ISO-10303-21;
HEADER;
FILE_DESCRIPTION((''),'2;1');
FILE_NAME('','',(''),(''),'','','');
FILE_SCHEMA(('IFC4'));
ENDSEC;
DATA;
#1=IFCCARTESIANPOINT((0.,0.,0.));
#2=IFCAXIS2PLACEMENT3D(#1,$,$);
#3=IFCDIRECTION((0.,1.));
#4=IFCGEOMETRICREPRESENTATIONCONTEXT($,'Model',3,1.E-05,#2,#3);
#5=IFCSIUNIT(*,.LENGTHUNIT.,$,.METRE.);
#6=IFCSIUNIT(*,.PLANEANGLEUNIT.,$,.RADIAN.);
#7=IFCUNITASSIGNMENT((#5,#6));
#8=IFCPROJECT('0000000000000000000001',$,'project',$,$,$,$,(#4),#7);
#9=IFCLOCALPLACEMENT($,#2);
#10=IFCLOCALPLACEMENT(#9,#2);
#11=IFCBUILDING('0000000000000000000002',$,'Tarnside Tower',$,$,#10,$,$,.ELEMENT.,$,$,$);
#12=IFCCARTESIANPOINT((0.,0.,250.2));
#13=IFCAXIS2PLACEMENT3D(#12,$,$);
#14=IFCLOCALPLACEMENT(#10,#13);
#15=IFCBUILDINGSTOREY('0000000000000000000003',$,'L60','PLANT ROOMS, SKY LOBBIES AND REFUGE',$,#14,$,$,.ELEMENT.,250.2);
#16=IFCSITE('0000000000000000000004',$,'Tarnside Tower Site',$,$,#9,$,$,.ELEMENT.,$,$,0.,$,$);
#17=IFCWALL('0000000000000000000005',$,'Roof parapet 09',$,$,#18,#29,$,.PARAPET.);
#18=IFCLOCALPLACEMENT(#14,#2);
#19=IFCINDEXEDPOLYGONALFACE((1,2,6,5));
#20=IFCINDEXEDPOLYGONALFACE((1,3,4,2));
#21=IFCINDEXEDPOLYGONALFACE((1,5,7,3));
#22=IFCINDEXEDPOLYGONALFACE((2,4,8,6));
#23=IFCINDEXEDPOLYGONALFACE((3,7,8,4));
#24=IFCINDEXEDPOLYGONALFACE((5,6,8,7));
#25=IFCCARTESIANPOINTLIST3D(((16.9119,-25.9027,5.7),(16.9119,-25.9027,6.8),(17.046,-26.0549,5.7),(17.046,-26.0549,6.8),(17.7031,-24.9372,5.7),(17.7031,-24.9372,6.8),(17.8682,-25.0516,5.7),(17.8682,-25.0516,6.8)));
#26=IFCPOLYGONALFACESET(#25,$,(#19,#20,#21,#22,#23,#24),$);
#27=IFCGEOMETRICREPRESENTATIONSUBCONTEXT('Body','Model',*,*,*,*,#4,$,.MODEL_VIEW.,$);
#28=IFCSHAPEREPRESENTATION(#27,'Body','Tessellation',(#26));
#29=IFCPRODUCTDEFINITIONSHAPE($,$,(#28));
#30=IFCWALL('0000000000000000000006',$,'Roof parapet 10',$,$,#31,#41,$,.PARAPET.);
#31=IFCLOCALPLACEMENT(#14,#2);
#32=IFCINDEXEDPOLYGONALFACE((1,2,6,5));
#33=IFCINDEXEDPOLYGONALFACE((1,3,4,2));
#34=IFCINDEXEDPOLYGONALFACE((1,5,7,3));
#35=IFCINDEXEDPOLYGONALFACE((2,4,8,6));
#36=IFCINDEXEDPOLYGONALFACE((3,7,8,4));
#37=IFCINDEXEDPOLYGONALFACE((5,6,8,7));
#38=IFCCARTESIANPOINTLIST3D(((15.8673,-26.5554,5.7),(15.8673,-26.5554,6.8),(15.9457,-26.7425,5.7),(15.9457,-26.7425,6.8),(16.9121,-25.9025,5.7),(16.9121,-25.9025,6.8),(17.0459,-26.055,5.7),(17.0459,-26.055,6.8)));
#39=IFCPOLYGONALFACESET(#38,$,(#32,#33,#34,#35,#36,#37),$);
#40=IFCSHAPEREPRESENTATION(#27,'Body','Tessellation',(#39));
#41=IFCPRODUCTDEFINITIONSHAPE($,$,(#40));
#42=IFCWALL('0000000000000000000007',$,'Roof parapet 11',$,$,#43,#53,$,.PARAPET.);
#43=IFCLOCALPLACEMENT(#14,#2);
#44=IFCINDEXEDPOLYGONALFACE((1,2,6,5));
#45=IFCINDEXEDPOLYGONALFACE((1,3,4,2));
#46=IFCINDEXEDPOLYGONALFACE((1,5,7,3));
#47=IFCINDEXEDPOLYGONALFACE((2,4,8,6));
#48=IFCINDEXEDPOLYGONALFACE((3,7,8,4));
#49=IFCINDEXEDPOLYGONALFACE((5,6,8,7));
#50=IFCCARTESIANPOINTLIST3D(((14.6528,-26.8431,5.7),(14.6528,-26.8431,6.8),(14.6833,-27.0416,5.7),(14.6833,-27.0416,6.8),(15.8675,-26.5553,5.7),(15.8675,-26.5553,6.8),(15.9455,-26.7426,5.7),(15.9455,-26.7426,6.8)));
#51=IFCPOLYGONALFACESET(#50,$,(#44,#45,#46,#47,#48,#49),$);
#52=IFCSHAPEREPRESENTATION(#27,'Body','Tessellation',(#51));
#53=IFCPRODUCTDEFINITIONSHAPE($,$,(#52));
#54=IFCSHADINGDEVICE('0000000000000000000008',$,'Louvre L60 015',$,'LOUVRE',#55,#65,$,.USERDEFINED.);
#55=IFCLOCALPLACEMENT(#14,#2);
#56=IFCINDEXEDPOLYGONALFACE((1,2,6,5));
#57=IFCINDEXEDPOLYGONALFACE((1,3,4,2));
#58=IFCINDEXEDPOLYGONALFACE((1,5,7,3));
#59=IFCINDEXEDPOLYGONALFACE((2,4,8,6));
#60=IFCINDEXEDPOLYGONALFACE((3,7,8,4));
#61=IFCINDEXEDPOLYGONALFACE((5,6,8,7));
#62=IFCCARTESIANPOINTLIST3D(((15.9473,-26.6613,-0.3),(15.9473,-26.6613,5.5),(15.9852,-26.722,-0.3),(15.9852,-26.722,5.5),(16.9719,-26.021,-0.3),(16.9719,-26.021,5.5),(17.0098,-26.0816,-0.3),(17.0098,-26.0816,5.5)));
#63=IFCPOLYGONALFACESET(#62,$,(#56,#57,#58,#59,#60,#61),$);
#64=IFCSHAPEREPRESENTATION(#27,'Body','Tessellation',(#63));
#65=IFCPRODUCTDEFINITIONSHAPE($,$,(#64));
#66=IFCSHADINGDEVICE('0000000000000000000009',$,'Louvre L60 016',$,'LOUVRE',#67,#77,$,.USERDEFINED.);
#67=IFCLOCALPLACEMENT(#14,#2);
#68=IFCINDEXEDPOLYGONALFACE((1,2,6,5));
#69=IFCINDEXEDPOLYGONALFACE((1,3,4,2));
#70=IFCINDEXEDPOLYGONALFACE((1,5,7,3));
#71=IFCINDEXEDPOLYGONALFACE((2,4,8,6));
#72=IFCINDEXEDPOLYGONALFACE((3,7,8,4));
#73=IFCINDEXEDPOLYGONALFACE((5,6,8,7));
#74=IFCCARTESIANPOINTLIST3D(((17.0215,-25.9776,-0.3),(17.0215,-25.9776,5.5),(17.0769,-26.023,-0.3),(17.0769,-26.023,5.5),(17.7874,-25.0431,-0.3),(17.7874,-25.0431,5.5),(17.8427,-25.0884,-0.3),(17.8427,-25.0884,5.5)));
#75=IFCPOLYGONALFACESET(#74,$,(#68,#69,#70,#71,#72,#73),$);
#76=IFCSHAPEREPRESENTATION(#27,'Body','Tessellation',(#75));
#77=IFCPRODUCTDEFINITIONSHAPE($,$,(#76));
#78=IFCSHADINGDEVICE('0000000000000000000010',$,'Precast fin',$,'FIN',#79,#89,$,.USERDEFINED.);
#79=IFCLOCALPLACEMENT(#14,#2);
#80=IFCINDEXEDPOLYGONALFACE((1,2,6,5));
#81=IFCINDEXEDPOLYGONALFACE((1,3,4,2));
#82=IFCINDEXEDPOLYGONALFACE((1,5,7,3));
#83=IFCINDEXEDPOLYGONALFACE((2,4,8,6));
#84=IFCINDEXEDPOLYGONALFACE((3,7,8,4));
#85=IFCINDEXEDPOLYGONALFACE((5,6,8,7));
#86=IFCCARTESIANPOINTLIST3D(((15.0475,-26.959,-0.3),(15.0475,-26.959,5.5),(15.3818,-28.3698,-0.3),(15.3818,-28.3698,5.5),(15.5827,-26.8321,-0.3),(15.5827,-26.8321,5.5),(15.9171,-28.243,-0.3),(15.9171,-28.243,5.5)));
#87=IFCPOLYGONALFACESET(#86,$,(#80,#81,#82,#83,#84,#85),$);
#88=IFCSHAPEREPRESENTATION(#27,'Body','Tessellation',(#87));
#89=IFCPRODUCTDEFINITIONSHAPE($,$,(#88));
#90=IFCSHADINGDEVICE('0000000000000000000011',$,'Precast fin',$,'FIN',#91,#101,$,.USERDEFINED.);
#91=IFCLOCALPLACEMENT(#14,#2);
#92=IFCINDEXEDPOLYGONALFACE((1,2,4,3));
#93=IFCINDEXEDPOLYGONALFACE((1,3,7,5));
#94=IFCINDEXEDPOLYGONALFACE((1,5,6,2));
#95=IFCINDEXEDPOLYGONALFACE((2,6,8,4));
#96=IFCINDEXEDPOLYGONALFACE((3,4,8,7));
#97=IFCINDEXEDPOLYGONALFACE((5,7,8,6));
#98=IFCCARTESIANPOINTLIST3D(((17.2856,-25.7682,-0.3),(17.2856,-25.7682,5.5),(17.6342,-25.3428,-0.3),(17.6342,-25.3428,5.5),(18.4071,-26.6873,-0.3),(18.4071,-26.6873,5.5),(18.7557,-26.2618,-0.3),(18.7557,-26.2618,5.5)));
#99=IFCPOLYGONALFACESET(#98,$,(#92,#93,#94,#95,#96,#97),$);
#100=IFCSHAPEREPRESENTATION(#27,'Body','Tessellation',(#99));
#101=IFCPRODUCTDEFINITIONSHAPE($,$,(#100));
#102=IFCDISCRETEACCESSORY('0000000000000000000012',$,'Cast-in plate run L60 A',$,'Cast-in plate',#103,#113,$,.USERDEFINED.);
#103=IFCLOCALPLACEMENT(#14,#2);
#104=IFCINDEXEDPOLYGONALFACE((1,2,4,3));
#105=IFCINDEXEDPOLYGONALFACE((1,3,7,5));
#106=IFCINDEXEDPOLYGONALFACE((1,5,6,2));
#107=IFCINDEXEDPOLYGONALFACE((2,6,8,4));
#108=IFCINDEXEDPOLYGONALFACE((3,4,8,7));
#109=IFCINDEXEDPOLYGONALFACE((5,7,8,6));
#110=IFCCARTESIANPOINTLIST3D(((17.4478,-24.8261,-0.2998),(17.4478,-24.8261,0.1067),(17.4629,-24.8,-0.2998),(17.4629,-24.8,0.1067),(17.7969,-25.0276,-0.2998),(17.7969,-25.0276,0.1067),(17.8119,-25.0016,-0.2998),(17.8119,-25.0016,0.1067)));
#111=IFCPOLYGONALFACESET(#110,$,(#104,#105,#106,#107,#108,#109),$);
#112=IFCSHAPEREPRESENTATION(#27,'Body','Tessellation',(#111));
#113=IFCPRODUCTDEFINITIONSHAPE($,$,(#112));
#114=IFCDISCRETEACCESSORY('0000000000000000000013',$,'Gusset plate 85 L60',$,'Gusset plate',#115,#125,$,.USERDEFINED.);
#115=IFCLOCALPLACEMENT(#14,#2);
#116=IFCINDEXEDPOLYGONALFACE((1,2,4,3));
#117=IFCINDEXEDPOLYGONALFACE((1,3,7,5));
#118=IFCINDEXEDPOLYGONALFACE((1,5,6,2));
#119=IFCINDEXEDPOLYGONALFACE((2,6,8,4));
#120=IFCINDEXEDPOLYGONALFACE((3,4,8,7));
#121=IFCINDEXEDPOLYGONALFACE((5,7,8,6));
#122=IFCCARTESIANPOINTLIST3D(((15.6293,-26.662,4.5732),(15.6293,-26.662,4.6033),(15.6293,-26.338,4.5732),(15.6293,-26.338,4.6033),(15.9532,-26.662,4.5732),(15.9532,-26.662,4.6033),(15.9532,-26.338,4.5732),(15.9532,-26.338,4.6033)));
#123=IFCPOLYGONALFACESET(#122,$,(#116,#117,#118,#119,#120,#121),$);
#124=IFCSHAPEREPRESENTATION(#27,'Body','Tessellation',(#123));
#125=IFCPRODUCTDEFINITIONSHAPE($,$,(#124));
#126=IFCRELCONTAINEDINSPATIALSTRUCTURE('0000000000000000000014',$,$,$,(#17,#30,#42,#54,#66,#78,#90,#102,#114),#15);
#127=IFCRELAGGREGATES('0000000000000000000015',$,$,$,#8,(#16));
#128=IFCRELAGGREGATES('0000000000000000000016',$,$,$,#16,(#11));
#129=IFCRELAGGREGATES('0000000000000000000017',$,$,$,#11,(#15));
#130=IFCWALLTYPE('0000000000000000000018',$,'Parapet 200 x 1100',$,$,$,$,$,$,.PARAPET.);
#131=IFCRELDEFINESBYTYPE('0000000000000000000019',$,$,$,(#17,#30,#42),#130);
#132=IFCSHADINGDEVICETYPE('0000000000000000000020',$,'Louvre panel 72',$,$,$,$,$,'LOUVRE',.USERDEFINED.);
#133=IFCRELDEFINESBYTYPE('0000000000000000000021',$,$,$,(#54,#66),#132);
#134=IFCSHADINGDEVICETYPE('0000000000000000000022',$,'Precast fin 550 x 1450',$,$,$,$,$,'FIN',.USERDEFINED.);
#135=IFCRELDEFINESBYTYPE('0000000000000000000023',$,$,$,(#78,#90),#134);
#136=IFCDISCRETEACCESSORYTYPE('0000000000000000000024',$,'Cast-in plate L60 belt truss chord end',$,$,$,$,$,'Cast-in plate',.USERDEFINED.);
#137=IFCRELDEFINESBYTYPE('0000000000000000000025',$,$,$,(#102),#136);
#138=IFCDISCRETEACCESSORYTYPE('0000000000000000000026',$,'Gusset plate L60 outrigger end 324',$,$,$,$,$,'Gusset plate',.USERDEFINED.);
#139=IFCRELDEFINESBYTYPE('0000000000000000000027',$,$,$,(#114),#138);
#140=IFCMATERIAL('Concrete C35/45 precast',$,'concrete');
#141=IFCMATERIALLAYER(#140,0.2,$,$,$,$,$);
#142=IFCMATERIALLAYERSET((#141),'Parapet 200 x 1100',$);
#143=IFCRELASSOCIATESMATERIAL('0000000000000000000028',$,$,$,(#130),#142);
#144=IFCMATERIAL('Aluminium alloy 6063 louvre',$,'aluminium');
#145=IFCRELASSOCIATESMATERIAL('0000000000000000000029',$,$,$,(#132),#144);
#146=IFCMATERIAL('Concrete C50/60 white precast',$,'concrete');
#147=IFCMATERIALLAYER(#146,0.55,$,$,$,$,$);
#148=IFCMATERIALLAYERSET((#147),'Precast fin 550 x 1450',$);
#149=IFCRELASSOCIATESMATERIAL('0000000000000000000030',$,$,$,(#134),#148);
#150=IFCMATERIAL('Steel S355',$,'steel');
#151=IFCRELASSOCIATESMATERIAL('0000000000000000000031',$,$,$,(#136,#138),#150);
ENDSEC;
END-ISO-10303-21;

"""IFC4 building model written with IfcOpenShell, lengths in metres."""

from ifc_helpers import new_model, si_unit, direction, frame, origin, origin_2d, place, context, subcontext, project, spatial, polyline, rectangle, outline, extrude, material, layer, layer_set, type_object, element, save


model = new_model("IFC4")

# Units and contexts
model_context = context("Model", 3, precision=1e-05, world=origin(), true_north=direction((0.0, 1.0)))
body_context = subcontext(model_context, "Body", "Model", "MODEL_VIEW")
ifc_project = project(units=[si_unit("LENGTHUNIT", "METRE"), si_unit("PLANEANGLEUNIT", "RADIAN")], contexts=[model_context])

# Site, building, storey
site_placement = place(None, origin())
site = spatial("IfcSite", under=ifc_project, at=site_placement, Name="Tarnside Tower Site", CompositionType="ELEMENT", RefElevation=0.0)
building_placement = place(site_placement, origin())
building = spatial("IfcBuilding", under=site, at=building_placement, Name="Tarnside Tower", CompositionType="ELEMENT")
storey_placement = place(building_placement, frame((0.0, 0.0, 250.2)))
storey = spatial("IfcBuildingStorey", under=building, at=storey_placement, Name="L60", Description="PLANT ROOMS, SKY LOBBIES AND REFUGE", CompositionType="ELEMENT", Elevation=250.2)

# Shared definitions
ifc_material_1 = material(Name="Steel S355", Category="steel")

# Walls
ifc_material_2 = material(Name="Concrete C35/45 precast", Category="concrete")
ifc_layer_1 = layer(ifc_material_2, 0.2)
ifc_layer_set_1 = layer_set([ifc_layer_1], Name="Parapet 200 x 1100")
wall_type = type_object("IfcWallType", Name="Parapet 200 x 1100", PredefinedType="PARAPET", material=ifc_layer_set_1)
wall_1_placement = place(storey_placement, frame((17.7856, -24.9944, 5.7), z_axis=(0.0, 0.0, 1.0), x_axis=(-0.633823, -0.773478, 0.0)))
element("IfcWall", 1, at=wall_1_placement, inside=storey, type_object=wall_type, Name="Roof parapet 09", PredefinedType="PARAPET", context=body_context, shape_type="SweptSolid", body=[
    extrude(outline(polyline([(0.0081, -0.1001), (1.2563, -0.1001), (1.2891, 0.1001), (-0.0081, 0.1001), (0.0081, -0.1001)])), origin(), (0.0, 0.0, 1.0), 1.1001),
])
wall_2_placement = place(storey_placement, frame((16.979, -25.9788, 5.7), z_axis=(0.0, 0.0, 1.0), x_axis=(-0.848053, -0.529912, 0.0)))
element("IfcWall", 2, at=wall_2_placement, inside=storey, type_object=wall_type, Name="Roof parapet 10", PredefinedType="PARAPET", context=body_context, shape_type="SweptSolid", body=[
    extrude(outline(polyline([(0.0164, -0.1001), (1.2483, -0.1001), (1.281, 0.1001), (-0.0164, 0.1001), (0.0164, -0.1001)])), origin(), (0.0, 0.0, 1.0), 1.1001),
])
wall_3_placement = place(storey_placement, frame((15.9065, -26.6489, 5.7), z_axis=(0.0, 0.0, 1.0), x_axis=(-0.973059, -0.230557, 0.0)))
element("IfcWall", 3, at=wall_3_placement, inside=storey, type_object=wall_type, Name="Roof parapet 11", PredefinedType="PARAPET", context=body_context, shape_type="SweptSolid", body=[
    extrude(outline(polyline([(0.0164, -0.1001), (1.2646, -0.1001), (1.2808, 0.1001), (-0.0164, 0.1001), (0.0164, -0.1001)])), origin(), (0.0, 0.0, 1.0), 1.1001),
])

# Shading devices
ifc_material_3 = material(Name="Aluminium alloy 6063 louvre", Category="aluminium")
shading_device_type_1 = type_object("IfcShadingDeviceType", Name="Louvre panel 72", ElementType="LOUVRE", PredefinedType="USERDEFINED", material=ifc_material_3)
for number, where, z_axis, x_axis, name in (
    (4, (16.4597, -26.3411, -0.3), (-0.848026, -0.529954, 0.0), (0.529954, -0.848026, 0.0), "Louvre L60 015"),
    (5, (17.4045, -25.5103, -0.3), (-0.633837, -0.773467, 0.0), (0.773467, -0.633837, 0.0), "Louvre L60 016"),
):
    element("IfcShadingDevice", number, at=place(storey_placement, frame(where, z_axis=z_axis, x_axis=x_axis)), inside=storey, type_object=shading_device_type_1, Name=name, ObjectType="LOUVRE", PredefinedType="USERDEFINED", context=body_context, shape_type="SweptSolid", body=[
        extrude(outline(polyline([(0.0, 0.0), (0.0715, 0.0), (0.0715, 5.8), (0.0, 5.8), (0.0, 0.0)])), frame((0.0, 0.0, -0.604)), (0.0, 0.0, 1.0), 1.2083),
    ])
ifc_material_4 = material(Name="Concrete C50/60 white precast", Category="concrete")
ifc_layer_2 = layer(ifc_material_4, 0.55)
ifc_layer_set_2 = layer_set([ifc_layer_2], Name="Precast fin 550 x 1450")
shading_device_type_2 = type_object("IfcShadingDeviceType", Name="Precast fin 550 x 1450", ElementType="FIN", PredefinedType="USERDEFINED", material=ifc_layer_set_2)
for number, where, z_axis, x_axis, name in (
    (6, (15.3152, -26.8955, -0.3), (-0.973045, -0.230616, 0.0), (0.230616, -0.973045, 0.0), "Precast fin"),
    (7, (17.46, -25.5554, -0.3), (-0.633831, -0.773472, 0.0), (0.773472, -0.633831, 0.0), "Precast fin"),
):
    element("IfcShadingDevice", number, at=place(storey_placement, frame(where, z_axis=z_axis, x_axis=x_axis)), inside=storey, type_object=shading_device_type_2, Name=name, ObjectType="FIN", PredefinedType="USERDEFINED", context=body_context, shape_type="SweptSolid", body=[
        extrude(outline(polyline([(0.0, 0.0), (1.45, 0.0), (1.45, 5.8), (0.0, 5.8), (0.0, 0.0)])), frame((0.0, 0.0, -0.2749)), (0.0, 0.0, 1.0), 0.55),
    ])

# Discrete accessories
discrete_accessory_type_1 = type_object("IfcDiscreteAccessoryType", Name="Cast-in plate L60 belt truss chord end", ElementType="Cast-in plate", PredefinedType="USERDEFINED", material=ifc_material_1)
discrete_accessory_1_placement = place(storey_placement, frame((17.6299, -24.9138, -0.2998), z_axis=(0.0, 0.0, 1.0), x_axis=(0.5, 0.866025, 0.0)))
element("IfcDiscreteAccessory", 8, at=discrete_accessory_1_placement, inside=storey, type_object=discrete_accessory_type_1, Name="Cast-in plate run L60 A", ObjectType="Cast-in plate", PredefinedType="USERDEFINED", context=body_context, shape_type="SweptSolid", body=[
    extrude(rectangle(XDim=0.03, YDim=0.4031, at=origin_2d()), origin(), (0.0, 0.0, 1.0), 0.4065),
])
discrete_accessory_type_2 = type_object("IfcDiscreteAccessoryType", Name="Gusset plate L60 outrigger end 324", ElementType="Gusset plate", PredefinedType="USERDEFINED", material=ifc_material_1)
discrete_accessory_2_placement = place(storey_placement, frame((15.7913, -26.5, 4.5732), z_axis=(0.0, 0.0, 1.0), x_axis=(1.0, 0.0, 0.0)))
element("IfcDiscreteAccessory", 9, at=discrete_accessory_2_placement, inside=storey, type_object=discrete_accessory_type_2, Name="Gusset plate 85 L60", ObjectType="Gusset plate", PredefinedType="USERDEFINED", context=body_context, shape_type="SweptSolid", body=[
    extrude(rectangle(XDim=0.324, YDim=0.324, at=origin_2d()), origin(), (0.0, 0.0, 1.0), 0.03),
])

save(model, "model.ifc")
